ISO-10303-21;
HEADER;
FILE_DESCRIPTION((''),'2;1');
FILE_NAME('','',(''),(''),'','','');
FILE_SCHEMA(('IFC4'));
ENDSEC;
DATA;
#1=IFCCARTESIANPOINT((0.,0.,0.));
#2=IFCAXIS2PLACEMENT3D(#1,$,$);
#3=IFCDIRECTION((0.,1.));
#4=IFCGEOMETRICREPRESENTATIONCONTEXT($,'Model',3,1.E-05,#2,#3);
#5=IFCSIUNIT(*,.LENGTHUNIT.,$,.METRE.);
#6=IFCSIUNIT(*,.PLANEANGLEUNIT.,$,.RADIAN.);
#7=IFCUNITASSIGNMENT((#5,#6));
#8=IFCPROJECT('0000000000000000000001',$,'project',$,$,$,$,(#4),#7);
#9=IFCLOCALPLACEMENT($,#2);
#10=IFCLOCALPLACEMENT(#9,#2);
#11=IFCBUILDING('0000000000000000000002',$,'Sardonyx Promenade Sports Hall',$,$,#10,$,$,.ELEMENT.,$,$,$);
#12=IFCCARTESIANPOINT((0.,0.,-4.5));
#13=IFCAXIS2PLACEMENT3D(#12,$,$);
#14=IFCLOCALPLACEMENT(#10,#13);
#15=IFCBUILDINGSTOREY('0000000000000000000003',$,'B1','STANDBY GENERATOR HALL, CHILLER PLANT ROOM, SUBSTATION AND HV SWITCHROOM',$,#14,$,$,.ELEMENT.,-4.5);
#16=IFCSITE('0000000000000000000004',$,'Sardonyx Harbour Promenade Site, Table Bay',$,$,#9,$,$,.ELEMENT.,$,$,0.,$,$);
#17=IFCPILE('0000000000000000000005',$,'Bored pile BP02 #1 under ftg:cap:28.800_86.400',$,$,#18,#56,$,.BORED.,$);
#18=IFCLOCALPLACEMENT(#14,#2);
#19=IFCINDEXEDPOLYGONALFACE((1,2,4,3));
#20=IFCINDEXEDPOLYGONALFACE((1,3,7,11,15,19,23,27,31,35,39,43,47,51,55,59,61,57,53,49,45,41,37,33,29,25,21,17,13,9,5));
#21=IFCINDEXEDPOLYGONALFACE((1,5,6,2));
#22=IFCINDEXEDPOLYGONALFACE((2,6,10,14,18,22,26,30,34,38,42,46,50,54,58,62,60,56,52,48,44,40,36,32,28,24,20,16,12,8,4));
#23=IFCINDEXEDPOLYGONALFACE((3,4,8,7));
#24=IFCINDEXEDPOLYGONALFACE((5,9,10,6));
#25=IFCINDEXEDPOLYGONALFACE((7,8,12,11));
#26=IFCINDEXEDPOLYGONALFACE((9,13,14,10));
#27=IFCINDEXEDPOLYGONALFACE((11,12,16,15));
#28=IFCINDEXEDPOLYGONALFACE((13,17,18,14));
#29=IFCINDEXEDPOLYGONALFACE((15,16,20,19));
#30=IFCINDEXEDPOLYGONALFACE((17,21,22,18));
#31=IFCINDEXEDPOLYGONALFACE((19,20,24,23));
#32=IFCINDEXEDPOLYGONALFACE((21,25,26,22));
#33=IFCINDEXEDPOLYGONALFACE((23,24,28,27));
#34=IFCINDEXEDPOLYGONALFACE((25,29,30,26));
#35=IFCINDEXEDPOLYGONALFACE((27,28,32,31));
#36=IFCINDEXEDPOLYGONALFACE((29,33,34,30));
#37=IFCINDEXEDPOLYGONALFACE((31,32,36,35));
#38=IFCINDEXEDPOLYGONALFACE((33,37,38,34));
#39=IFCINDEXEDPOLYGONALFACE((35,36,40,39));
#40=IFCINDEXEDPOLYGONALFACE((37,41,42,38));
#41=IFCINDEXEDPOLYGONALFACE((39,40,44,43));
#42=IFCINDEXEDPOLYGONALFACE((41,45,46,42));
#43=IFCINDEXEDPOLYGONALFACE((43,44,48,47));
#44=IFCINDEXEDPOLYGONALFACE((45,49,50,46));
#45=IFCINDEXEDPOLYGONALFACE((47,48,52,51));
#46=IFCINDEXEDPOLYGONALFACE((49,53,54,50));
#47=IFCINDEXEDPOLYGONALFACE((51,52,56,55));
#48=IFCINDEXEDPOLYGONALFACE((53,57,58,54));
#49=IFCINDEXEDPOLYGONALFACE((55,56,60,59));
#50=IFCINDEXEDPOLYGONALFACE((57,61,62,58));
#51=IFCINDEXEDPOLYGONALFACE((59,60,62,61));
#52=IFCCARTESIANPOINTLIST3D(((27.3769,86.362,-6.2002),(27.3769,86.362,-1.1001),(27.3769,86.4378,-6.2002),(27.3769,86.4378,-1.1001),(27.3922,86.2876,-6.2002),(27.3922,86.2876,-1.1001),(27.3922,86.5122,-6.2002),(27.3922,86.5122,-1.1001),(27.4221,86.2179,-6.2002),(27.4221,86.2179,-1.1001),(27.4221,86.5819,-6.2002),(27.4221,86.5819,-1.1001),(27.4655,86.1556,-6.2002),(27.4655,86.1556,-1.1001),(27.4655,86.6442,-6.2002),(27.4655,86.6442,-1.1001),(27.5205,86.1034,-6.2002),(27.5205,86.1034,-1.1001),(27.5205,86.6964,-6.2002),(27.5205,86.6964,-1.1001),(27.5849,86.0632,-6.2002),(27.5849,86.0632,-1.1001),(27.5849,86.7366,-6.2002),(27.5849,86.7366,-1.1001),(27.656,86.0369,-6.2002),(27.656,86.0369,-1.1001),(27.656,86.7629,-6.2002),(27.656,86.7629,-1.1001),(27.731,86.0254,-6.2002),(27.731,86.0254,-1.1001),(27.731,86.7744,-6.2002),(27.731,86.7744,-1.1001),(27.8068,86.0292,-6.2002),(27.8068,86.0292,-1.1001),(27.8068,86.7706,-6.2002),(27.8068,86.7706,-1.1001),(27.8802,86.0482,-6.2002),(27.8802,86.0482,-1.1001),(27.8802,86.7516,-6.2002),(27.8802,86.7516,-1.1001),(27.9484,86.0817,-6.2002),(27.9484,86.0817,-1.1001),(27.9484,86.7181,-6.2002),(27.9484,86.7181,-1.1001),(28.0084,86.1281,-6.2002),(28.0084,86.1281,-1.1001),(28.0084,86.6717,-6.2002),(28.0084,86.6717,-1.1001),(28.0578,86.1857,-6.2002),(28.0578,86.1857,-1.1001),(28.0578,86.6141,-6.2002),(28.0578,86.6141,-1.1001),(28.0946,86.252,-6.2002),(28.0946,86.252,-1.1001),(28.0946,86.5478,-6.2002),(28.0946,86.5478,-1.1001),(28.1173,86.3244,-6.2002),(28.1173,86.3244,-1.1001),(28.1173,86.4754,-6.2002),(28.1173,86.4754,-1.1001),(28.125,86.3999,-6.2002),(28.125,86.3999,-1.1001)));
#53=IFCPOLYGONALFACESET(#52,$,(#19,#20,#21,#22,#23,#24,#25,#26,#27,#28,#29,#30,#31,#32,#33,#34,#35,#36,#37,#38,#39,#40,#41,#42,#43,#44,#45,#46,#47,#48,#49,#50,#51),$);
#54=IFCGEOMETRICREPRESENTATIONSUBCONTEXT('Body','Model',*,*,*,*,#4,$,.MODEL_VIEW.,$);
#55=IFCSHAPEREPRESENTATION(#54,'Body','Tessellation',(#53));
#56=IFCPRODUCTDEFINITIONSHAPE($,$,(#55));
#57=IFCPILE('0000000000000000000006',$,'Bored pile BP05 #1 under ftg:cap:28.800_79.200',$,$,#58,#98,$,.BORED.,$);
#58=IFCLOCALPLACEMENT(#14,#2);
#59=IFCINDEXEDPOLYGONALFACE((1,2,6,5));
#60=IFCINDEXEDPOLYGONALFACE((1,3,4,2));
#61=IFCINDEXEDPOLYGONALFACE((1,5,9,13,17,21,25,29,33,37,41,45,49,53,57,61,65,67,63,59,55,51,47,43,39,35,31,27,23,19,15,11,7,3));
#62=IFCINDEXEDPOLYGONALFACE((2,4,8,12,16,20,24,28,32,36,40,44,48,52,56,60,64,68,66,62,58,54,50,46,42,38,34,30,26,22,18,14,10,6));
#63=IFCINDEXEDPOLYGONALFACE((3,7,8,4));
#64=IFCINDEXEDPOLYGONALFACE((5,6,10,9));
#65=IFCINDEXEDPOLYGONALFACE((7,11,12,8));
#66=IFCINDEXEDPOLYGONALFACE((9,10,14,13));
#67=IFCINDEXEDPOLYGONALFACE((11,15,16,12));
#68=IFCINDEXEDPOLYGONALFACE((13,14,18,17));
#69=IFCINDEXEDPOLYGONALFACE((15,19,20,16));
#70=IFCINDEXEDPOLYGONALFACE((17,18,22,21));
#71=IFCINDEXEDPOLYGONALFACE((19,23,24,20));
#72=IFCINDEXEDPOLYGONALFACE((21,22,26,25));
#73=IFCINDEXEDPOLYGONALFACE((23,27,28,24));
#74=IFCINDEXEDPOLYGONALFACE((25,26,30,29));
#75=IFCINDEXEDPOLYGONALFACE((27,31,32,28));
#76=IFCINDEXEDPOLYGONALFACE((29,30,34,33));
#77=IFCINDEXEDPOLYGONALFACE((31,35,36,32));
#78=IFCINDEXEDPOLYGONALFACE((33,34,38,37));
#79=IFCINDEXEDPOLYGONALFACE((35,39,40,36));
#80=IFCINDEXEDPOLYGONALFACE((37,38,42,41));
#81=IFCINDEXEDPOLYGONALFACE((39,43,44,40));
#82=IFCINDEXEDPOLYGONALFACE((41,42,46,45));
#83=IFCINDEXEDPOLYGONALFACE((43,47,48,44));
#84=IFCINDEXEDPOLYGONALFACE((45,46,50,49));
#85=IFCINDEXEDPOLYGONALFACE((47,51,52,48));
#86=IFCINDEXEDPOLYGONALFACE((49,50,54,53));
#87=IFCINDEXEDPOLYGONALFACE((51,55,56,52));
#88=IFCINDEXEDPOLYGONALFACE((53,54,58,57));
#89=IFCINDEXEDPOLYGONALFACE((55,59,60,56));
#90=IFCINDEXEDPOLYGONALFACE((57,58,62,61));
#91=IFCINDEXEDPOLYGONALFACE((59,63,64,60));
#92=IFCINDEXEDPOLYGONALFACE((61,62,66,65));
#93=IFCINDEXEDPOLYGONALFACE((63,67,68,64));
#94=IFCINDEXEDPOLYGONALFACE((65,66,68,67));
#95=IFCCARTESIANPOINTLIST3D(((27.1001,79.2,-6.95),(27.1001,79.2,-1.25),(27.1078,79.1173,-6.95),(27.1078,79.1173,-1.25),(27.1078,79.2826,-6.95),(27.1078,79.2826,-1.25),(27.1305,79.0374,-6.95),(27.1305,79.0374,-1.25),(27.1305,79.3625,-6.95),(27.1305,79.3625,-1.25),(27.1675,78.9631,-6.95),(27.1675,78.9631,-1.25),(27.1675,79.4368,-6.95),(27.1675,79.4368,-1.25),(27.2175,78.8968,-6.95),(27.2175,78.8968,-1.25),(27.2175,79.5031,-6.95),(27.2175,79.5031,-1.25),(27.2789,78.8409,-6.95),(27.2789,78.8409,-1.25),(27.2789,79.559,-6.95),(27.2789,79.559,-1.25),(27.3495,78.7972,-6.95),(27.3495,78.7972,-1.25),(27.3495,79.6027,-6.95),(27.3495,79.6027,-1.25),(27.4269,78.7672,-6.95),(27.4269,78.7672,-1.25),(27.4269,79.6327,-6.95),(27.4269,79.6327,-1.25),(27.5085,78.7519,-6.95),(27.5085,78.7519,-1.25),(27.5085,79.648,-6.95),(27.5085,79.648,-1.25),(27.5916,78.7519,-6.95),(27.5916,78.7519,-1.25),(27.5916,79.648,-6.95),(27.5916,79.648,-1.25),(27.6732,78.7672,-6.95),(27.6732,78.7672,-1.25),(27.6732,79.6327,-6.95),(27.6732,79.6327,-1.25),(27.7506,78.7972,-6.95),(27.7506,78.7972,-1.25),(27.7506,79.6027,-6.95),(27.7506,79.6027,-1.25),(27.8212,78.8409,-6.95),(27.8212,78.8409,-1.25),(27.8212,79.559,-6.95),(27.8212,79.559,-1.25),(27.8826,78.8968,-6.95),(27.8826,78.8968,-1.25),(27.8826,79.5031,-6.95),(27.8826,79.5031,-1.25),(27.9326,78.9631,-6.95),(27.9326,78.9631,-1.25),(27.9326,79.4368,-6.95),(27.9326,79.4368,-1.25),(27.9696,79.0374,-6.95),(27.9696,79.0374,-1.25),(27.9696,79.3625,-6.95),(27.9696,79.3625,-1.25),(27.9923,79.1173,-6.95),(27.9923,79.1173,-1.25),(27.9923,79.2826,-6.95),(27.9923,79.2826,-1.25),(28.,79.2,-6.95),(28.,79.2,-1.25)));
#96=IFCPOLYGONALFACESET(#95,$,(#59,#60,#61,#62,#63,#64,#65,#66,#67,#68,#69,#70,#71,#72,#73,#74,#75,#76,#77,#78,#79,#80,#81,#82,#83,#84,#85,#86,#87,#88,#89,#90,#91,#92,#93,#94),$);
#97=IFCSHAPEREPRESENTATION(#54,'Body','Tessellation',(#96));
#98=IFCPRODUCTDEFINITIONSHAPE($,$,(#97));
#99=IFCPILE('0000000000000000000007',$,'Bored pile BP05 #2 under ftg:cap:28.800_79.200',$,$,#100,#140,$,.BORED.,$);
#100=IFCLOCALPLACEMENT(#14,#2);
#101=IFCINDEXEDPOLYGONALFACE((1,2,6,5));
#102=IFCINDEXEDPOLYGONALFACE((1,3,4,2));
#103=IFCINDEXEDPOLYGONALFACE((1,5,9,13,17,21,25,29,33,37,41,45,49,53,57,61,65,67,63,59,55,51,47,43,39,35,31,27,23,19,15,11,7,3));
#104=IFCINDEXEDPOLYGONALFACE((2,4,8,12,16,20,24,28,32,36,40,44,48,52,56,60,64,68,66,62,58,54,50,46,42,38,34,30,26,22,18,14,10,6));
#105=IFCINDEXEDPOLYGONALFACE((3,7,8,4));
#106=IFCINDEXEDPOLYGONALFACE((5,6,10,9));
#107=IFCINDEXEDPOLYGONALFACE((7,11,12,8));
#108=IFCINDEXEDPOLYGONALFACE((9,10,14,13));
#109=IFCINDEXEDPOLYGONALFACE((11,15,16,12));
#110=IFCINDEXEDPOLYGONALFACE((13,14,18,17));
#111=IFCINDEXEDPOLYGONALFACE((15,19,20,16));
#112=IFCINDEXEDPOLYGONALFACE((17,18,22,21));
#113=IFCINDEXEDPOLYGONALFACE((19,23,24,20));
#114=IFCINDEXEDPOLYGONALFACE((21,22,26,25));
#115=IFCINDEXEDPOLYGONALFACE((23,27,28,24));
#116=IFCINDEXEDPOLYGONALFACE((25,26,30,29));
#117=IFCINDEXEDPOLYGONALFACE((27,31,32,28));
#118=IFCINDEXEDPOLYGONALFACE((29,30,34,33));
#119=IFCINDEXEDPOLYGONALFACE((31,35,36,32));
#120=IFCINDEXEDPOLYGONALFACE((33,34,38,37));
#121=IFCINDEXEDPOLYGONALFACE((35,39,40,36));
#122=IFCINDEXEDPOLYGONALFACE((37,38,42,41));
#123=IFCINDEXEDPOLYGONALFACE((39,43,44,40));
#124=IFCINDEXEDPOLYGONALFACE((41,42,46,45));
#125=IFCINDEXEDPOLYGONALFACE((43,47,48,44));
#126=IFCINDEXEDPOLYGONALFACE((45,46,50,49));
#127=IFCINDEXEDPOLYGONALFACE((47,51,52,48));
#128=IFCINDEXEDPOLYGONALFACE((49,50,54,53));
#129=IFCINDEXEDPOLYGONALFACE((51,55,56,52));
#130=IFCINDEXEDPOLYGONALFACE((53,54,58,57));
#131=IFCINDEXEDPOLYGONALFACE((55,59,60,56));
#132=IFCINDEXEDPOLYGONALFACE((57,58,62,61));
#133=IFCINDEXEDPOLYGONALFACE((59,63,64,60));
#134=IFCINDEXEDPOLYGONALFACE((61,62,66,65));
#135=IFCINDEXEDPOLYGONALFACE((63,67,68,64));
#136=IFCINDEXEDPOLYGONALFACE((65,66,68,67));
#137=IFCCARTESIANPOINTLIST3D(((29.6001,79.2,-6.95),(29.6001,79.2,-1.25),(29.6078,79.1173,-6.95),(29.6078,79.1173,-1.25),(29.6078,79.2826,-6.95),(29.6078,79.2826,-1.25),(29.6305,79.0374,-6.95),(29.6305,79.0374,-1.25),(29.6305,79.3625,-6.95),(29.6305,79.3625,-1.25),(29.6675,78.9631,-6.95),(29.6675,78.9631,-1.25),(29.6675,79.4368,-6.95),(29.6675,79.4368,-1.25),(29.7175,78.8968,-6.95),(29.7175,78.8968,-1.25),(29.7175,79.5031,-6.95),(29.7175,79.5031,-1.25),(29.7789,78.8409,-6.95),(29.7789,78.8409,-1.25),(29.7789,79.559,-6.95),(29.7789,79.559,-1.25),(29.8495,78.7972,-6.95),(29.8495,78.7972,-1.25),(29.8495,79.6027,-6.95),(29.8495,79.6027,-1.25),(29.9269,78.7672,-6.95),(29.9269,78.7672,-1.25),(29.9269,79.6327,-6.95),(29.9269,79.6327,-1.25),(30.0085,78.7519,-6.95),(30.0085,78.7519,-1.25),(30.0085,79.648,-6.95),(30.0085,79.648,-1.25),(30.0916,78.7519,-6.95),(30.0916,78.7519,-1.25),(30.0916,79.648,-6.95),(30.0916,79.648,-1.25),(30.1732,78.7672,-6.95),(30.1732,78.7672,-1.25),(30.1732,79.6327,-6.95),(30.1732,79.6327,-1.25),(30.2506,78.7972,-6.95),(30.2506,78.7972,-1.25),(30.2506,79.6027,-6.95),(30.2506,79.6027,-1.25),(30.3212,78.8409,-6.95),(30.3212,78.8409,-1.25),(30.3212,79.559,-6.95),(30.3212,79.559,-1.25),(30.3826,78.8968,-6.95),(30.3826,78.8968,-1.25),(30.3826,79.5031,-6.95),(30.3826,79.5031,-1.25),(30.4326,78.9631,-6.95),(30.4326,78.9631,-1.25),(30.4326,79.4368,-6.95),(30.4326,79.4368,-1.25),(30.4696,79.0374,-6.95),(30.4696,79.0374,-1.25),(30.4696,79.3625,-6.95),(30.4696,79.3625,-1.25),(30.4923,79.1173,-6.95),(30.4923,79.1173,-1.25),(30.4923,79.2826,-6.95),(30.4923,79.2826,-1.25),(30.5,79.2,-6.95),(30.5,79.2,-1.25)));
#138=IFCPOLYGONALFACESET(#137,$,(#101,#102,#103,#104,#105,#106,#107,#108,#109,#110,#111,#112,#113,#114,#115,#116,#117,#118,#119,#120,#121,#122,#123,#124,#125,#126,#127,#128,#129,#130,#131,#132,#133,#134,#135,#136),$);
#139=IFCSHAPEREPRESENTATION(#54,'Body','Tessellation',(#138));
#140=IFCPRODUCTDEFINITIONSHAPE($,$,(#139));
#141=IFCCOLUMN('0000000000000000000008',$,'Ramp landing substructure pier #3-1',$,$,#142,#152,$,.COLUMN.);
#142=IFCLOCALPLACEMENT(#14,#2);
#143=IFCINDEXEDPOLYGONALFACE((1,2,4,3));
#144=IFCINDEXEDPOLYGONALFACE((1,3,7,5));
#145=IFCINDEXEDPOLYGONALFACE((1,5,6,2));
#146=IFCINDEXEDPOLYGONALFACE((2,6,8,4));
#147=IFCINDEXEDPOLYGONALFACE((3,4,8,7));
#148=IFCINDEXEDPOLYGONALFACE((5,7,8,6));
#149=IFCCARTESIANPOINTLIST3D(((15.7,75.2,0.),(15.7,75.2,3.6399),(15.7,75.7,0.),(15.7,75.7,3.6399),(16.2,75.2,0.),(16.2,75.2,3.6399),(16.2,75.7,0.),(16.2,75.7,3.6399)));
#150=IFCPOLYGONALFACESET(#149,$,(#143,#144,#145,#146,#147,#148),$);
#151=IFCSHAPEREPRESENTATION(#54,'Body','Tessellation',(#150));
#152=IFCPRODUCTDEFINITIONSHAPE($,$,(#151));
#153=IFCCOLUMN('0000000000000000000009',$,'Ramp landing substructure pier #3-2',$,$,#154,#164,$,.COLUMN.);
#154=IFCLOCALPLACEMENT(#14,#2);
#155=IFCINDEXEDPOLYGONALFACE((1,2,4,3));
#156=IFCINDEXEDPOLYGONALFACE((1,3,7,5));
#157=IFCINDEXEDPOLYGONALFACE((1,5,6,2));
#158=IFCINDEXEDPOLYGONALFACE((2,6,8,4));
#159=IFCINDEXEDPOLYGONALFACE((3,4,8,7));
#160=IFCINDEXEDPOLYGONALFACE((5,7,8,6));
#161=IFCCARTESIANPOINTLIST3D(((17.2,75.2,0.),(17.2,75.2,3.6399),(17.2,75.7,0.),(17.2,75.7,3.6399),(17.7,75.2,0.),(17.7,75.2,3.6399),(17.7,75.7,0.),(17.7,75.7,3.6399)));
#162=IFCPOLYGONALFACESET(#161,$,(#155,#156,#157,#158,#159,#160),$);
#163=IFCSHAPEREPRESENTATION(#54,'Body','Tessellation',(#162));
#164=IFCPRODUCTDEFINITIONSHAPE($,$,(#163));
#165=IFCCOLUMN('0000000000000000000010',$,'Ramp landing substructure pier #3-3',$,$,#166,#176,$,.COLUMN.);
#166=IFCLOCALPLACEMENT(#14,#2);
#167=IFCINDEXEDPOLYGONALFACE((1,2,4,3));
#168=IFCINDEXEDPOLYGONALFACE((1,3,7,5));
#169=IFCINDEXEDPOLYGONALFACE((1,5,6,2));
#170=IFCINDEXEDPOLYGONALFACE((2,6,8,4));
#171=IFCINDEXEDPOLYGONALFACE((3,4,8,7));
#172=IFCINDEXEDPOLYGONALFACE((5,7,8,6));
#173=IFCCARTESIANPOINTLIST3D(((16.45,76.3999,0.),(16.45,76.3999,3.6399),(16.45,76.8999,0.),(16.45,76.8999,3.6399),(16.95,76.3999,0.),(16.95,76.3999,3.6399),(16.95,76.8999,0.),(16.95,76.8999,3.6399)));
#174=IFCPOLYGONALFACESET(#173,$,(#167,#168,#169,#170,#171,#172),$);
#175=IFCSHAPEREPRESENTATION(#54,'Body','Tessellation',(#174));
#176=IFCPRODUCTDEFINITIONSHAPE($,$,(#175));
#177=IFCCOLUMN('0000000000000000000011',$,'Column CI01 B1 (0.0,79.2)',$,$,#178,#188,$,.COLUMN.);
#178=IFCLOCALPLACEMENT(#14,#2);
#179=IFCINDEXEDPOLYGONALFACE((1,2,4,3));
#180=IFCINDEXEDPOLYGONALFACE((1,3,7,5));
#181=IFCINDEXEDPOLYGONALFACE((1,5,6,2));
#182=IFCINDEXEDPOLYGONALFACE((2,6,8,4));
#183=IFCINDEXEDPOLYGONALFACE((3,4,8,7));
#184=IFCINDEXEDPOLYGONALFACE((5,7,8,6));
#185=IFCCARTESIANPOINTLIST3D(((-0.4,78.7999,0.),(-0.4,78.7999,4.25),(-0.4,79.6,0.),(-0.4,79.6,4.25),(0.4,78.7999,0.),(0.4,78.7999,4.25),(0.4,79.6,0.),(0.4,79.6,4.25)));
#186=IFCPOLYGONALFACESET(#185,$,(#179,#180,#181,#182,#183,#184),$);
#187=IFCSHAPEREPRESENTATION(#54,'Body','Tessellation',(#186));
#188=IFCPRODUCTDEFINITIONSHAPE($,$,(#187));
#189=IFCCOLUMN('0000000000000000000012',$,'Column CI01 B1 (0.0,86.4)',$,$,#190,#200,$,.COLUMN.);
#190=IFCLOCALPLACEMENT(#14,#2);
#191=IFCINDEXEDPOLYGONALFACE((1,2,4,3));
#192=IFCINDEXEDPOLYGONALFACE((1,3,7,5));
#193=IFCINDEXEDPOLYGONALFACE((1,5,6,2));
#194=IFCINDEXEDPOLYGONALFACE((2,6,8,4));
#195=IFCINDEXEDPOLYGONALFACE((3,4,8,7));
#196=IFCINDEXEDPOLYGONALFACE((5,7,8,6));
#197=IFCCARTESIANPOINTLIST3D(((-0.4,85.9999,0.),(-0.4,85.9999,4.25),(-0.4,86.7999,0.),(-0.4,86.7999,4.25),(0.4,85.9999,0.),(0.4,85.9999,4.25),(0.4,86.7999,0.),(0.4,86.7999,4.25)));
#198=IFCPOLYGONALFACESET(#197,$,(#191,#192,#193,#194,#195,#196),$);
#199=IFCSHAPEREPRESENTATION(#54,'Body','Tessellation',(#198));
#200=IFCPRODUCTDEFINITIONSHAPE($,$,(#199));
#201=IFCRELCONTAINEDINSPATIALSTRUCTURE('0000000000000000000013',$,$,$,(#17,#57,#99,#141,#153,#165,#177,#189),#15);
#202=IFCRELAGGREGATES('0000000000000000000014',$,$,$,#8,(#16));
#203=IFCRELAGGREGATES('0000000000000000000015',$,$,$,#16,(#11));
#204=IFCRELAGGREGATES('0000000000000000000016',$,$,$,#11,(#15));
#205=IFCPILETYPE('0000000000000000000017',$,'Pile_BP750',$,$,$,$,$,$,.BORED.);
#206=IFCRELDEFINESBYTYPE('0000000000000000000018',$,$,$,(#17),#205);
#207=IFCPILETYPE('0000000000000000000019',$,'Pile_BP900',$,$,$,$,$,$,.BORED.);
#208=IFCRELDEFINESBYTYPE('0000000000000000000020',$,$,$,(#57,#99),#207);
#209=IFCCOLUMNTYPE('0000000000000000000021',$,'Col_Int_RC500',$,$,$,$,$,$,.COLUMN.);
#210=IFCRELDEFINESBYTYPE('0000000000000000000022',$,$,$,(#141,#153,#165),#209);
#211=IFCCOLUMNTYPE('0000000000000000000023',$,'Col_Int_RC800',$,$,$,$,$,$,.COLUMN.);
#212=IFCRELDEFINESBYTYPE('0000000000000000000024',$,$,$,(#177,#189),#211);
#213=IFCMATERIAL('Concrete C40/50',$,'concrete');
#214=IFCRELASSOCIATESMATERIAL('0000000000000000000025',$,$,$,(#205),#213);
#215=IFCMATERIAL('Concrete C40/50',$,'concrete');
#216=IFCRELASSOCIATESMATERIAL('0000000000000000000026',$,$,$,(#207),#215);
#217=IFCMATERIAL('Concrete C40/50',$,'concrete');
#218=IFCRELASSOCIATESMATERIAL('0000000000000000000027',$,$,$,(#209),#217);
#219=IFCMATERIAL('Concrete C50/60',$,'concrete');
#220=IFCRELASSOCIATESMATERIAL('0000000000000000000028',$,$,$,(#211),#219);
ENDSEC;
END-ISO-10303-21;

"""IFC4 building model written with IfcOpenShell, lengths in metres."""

from ifc_helpers import new_model, si_unit, direction, frame, origin, origin_2d, place, context, subcontext, project, spatial, rectangle, circle, extrude, material, material_profile, profile_set, type_object, element, save


model = new_model("IFC4")

# Units and contexts
model_context = context("Model", 3, precision=1e-05, world=origin(), true_north=direction((0.0, 1.0)))
body_context = subcontext(model_context, "Body", "Model", "MODEL_VIEW")
ifc_project = project(units=[si_unit("LENGTHUNIT", "METRE"), si_unit("PLANEANGLEUNIT", "RADIAN")], contexts=[model_context])

# Site, building, storey
site_placement = place(None, origin())
site = spatial("IfcSite", under=ifc_project, at=site_placement, Name="Sardonyx Harbour Promenade Site, Table Bay", CompositionType="ELEMENT", RefElevation=0.0)
building_placement = place(site_placement, origin())
building = spatial("IfcBuilding", under=site, at=building_placement, Name="Sardonyx Promenade Sports Hall", CompositionType="ELEMENT")
storey_placement = place(building_placement, frame((0.0, 0.0, -4.5)))
storey = spatial("IfcBuildingStorey", under=building, at=storey_placement, Name="B1", Description="STANDBY GENERATOR HALL, CHILLER PLANT ROOM, SUBSTATION AND HV SWITCHROOM", CompositionType="ELEMENT", Elevation=-4.5)

# Piles
ifc_material_1 = material(Name="Concrete C40/50", Category="concrete")
ifc_material_profile_1 = material_profile(ifc_material_1, circle(Radius=0.375, at=origin_2d()))
ifc_profile_set_1 = profile_set([ifc_material_profile_1], Name="Concrete C40/50")
pile_type_1 = type_object("IfcPileType", Name="Pile_BP750", PredefinedType="BORED", material=ifc_profile_set_1)
pile_1_placement = place(storey_placement, frame((27.75, 86.3999, -1.1001), z_axis=(0.0, 0.0, -1.0), x_axis=(1.0, 0.0, 0.0)))
element("IfcPile", 1, at=pile_1_placement, inside=storey, type_object=pile_type_1, Name="Bored pile BP02 #1 under ftg:cap:28.800_86.400", PredefinedType="BORED", context=body_context, shape_type="SweptSolid", body=[
    extrude(circle(Radius=0.375, at=origin_2d()), origin(), (0.0, 0.0, 1.0), 5.1001),
])
ifc_material_2 = material(Name="Concrete C40/50", Category="concrete")
ifc_material_profile_2 = material_profile(ifc_material_2, circle(Radius=0.45, at=origin_2d()))
ifc_profile_set_2 = profile_set([ifc_material_profile_2], Name="Concrete C40/50")
pile_type_2 = type_object("IfcPileType", Name="Pile_BP900", PredefinedType="BORED", material=ifc_profile_set_2)
for number, where, z_axis, x_axis, name in (
    (2, (27.55, 79.2, -1.25), (0.0, 0.0, -1.0), (1.0, 0.0, 0.0), "Bored pile BP05 #1 under ftg:cap:28.800_79.200"),
    (3, (30.05, 79.2, -1.25), (0.0, 0.0, -1.0), (1.0, 0.0, 0.0), "Bored pile BP05 #2 under ftg:cap:28.800_79.200"),
):
    element("IfcPile", number, at=place(storey_placement, frame(where, z_axis=z_axis, x_axis=x_axis)), inside=storey, type_object=pile_type_2, Name=name, PredefinedType="BORED", context=body_context, shape_type="SweptSolid", body=[
        extrude(circle(Radius=0.45, at=origin_2d()), origin(), (0.0, 0.0, 1.0), 5.7),
    ])

# Columns
ifc_material_3 = material(Name="Concrete C40/50", Category="concrete")
ifc_material_profile_3 = material_profile(ifc_material_3, rectangle(XDim=0.5, YDim=0.5, at=origin_2d()))
ifc_profile_set_3 = profile_set([ifc_material_profile_3], Name="Concrete C40/50")
column_type_1 = type_object("IfcColumnType", Name="Col_Int_RC500", PredefinedType="COLUMN", material=ifc_profile_set_3)
for number, where, z_axis, x_axis, name in (
    (4, (15.95, 75.45, 0.0), (0.0, 0.0, 1.0), (1.0, 0.0, 0.0), "Ramp landing substructure pier #3-1"),
    (5, (17.45, 75.45, 0.0), (0.0, 0.0, 1.0), (1.0, 0.0, 0.0), "Ramp landing substructure pier #3-2"),
    (6, (16.7, 76.6499, 0.0), (0.0, 0.0, 1.0), (1.0, 0.0, 0.0), "Ramp landing substructure pier #3-3"),
):
    element("IfcColumn", number, at=place(storey_placement, frame(where, z_axis=z_axis, x_axis=x_axis)), inside=storey, type_object=column_type_1, Name=name, PredefinedType="COLUMN", context=body_context, shape_type="SweptSolid", body=[
        extrude(rectangle(XDim=0.5, YDim=0.5, at=origin_2d()), origin(), (0.0, 0.0, 1.0), 3.6399),
    ])
ifc_material_4 = material(Name="Concrete C50/60", Category="concrete")
ifc_material_profile_4 = material_profile(ifc_material_4, rectangle(XDim=0.8, YDim=0.8, at=origin_2d()))
ifc_profile_set_4 = profile_set([ifc_material_profile_4], Name="Concrete C50/60")
column_type_2 = type_object("IfcColumnType", Name="Col_Int_RC800", PredefinedType="COLUMN", material=ifc_profile_set_4)
for number, where, z_axis, x_axis, name in (
    (7, (0.0, 79.2, 0.0), (0.0, 0.0, 1.0), (1.0, 0.0, 0.0), "Column CI01 B1 (0.0,79.2)"),
    (8, (0.0, 86.3999, 0.0), (0.0, 0.0, 1.0), (1.0, 0.0, 0.0), "Column CI01 B1 (0.0,86.4)"),
):
    element("IfcColumn", number, at=place(storey_placement, frame(where, z_axis=z_axis, x_axis=x_axis)), inside=storey, type_object=column_type_2, Name=name, PredefinedType="COLUMN", context=body_context, shape_type="SweptSolid", body=[
        extrude(rectangle(XDim=0.8, YDim=0.8, at=origin_2d()), origin(), (0.0, 0.0, 1.0), 4.25),
    ])

save(model, "model.ifc")
